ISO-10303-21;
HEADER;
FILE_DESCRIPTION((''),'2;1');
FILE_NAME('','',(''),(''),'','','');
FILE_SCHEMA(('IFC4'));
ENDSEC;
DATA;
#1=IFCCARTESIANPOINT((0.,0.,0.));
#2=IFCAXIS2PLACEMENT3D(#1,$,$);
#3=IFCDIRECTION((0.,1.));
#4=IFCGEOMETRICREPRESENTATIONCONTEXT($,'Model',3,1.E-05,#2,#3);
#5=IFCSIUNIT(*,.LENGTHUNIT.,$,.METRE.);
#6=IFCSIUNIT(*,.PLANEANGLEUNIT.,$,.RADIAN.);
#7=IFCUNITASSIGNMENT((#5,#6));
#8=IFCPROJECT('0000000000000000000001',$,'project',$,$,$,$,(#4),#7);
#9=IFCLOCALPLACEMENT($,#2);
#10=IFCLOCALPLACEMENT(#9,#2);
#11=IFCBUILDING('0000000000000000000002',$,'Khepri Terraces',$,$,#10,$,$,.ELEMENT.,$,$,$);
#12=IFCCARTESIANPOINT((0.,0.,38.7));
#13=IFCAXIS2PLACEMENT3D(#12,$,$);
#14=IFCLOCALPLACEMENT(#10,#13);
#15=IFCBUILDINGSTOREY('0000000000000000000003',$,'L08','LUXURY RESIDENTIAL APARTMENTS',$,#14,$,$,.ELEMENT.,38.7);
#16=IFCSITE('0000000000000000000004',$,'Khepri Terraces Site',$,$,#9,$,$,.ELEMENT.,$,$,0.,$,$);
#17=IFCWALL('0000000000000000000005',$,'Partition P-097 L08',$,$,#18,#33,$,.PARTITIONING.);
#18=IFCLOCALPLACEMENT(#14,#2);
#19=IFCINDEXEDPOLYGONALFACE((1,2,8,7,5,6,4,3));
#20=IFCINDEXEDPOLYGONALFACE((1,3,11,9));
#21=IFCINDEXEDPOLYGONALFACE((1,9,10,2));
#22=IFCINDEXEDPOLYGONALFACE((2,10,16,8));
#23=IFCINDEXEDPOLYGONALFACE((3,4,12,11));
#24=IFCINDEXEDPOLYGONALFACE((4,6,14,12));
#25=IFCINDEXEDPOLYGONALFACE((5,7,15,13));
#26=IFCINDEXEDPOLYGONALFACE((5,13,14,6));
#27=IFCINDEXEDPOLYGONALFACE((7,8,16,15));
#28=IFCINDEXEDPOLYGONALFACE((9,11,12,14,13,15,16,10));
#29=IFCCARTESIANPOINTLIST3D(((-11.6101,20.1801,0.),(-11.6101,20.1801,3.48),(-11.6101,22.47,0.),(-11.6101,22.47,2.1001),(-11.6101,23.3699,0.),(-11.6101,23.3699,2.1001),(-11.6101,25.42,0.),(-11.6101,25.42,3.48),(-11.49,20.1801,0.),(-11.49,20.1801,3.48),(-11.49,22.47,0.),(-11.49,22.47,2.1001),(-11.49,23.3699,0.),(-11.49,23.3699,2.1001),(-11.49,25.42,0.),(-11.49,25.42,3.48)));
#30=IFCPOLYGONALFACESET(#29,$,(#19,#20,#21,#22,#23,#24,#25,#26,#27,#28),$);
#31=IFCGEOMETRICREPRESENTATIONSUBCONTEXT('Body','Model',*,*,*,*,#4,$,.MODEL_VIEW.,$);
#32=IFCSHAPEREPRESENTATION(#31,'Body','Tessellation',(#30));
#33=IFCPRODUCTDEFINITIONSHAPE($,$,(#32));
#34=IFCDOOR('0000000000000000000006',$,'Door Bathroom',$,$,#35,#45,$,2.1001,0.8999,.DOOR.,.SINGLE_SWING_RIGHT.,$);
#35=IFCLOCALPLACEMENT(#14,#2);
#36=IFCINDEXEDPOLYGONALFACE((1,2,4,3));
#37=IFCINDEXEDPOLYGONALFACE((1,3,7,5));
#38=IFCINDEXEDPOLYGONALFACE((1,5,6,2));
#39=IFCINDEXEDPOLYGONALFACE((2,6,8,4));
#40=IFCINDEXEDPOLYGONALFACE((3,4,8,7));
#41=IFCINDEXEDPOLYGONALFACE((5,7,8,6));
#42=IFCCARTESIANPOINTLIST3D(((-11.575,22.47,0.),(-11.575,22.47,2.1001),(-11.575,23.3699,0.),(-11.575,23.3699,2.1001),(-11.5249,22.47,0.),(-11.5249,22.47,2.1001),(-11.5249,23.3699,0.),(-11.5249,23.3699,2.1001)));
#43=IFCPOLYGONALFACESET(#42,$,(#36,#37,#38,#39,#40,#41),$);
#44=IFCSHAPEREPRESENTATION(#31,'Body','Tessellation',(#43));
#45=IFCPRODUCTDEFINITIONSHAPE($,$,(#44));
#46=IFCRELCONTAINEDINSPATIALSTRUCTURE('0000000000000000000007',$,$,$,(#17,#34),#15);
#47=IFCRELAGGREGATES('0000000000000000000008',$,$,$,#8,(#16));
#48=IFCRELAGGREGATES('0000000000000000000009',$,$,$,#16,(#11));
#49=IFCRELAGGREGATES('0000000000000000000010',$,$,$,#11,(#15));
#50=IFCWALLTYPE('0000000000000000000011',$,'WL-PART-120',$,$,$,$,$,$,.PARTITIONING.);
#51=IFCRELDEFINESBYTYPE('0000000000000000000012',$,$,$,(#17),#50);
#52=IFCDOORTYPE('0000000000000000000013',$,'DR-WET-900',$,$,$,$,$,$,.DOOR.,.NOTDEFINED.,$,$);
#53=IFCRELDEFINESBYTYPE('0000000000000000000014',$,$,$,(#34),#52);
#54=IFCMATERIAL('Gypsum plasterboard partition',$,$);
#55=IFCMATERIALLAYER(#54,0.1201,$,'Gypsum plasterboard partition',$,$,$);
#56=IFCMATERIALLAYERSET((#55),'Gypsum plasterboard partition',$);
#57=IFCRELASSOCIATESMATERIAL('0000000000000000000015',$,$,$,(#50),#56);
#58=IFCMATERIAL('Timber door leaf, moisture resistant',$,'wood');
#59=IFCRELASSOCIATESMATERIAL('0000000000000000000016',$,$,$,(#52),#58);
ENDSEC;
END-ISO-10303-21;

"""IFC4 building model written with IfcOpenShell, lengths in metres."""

from ifc_helpers import new_model, si_unit, direction, frame, frame_2d, origin, place, context, subcontext, project, spatial, rectangle, extrude, material, layer, layer_set, type_object, element, fill, save


model = new_model("IFC4")

# Units and contexts
model_context = context("Model", 3, precision=1e-05, world=origin(), true_north=direction((0.0, 1.0)))
body_context = subcontext(model_context, "Body", "Model", "MODEL_VIEW")
ifc_project = project(units=[si_unit("LENGTHUNIT", "METRE"), si_unit("PLANEANGLEUNIT", "RADIAN")], contexts=[model_context])

# Site, building, storey
site_placement = place(None, origin())
site = spatial("IfcSite", under=ifc_project, at=site_placement, Name="Khepri Terraces Site", CompositionType="ELEMENT", RefElevation=0.0)
building_placement = place(site_placement, origin())
building = spatial("IfcBuilding", under=site, at=building_placement, Name="Khepri Terraces", CompositionType="ELEMENT")
storey_placement = place(building_placement, frame((0.0, 0.0, 38.7)))
storey = spatial("IfcBuildingStorey", under=building, at=storey_placement, Name="L08", Description="LUXURY RESIDENTIAL APARTMENTS", CompositionType="ELEMENT", Elevation=38.7)

# Shared definitions
ifc_material_1 = material(Name="Gypsum plasterboard partition")
ifc_layer_1 = layer(ifc_material_1, 0.1201, Name="Gypsum plasterboard partition")
ifc_layer_set_1 = layer_set([ifc_layer_1], Name="Gypsum plasterboard partition")
wall_type_1 = type_object("IfcWallType", Name="WL-PART-120", PredefinedType="PARTITIONING", material=ifc_layer_set_1)

# Shared definitions
ifc_material_2 = material(Name="Timber door leaf, moisture resistant", Category="wood")
door_type_1 = type_object("IfcDoorType", Name="DR-WET-900", OperationType="NOTDEFINED", PredefinedType="DOOR", material=ifc_material_2)

# Wall, opening, door
wall_1_placement = place(storey_placement, frame((-11.55, 20.1799, 0.0), z_axis=(0.0, 0.0, 1.0), x_axis=(0.0, 1.0, 0.0)))
wall_1 = element("IfcWall", 1, at=wall_1_placement, inside=storey, type_object=wall_type_1, Name="Partition P-097 L08", PredefinedType="PARTITIONING", context=body_context, shape_type="SweptSolid", body=[
    extrude(rectangle(XDim=5.24, YDim=0.1201, at=frame_2d((2.6201, 0.0))), origin(), (0.0, 0.0, 1.0), 3.48),
])
opening_1_placement = place(wall_1_placement, frame((2.29, 0.0, 0.0)))
opening_1 = element("IfcOpeningElement", 2, at=opening_1_placement, cuts=wall_1, PredefinedType="OPENING", context=body_context, shape_type="SweptSolid", body=[
    extrude(rectangle(XDim=0.8999, YDim=2.1001, at=frame_2d((0.45, 1.05))), frame((0.0, 0.0701, 0.0), z_axis=(0.0, -1.0, 0.0), x_axis=(1.0, 0.0, 0.0)), (0.0, 0.0, 1.0), 0.1401),
])
door_1_placement = place(opening_1_placement, origin())
door_1 = element("IfcDoor", 3, at=door_1_placement, inside=storey, type_object=door_type_1, Name="Door Bathroom", OperationType="SINGLE_SWING_RIGHT", OverallHeight=2.1001, OverallWidth=0.8999, PredefinedType="DOOR", context=body_context, shape_type="SweptSolid", body=[
    extrude(rectangle(XDim=0.8999, YDim=2.1001, at=frame_2d((0.45, 1.05))), frame((0.0, 0.0249, 0.0), z_axis=(0.0, -1.0, 0.0), x_axis=(1.0, 0.0, 0.0)), (0.0, 0.0, 1.0), 0.05),
])
fill(opening_1, door_1)

save(model, "model.ifc")
